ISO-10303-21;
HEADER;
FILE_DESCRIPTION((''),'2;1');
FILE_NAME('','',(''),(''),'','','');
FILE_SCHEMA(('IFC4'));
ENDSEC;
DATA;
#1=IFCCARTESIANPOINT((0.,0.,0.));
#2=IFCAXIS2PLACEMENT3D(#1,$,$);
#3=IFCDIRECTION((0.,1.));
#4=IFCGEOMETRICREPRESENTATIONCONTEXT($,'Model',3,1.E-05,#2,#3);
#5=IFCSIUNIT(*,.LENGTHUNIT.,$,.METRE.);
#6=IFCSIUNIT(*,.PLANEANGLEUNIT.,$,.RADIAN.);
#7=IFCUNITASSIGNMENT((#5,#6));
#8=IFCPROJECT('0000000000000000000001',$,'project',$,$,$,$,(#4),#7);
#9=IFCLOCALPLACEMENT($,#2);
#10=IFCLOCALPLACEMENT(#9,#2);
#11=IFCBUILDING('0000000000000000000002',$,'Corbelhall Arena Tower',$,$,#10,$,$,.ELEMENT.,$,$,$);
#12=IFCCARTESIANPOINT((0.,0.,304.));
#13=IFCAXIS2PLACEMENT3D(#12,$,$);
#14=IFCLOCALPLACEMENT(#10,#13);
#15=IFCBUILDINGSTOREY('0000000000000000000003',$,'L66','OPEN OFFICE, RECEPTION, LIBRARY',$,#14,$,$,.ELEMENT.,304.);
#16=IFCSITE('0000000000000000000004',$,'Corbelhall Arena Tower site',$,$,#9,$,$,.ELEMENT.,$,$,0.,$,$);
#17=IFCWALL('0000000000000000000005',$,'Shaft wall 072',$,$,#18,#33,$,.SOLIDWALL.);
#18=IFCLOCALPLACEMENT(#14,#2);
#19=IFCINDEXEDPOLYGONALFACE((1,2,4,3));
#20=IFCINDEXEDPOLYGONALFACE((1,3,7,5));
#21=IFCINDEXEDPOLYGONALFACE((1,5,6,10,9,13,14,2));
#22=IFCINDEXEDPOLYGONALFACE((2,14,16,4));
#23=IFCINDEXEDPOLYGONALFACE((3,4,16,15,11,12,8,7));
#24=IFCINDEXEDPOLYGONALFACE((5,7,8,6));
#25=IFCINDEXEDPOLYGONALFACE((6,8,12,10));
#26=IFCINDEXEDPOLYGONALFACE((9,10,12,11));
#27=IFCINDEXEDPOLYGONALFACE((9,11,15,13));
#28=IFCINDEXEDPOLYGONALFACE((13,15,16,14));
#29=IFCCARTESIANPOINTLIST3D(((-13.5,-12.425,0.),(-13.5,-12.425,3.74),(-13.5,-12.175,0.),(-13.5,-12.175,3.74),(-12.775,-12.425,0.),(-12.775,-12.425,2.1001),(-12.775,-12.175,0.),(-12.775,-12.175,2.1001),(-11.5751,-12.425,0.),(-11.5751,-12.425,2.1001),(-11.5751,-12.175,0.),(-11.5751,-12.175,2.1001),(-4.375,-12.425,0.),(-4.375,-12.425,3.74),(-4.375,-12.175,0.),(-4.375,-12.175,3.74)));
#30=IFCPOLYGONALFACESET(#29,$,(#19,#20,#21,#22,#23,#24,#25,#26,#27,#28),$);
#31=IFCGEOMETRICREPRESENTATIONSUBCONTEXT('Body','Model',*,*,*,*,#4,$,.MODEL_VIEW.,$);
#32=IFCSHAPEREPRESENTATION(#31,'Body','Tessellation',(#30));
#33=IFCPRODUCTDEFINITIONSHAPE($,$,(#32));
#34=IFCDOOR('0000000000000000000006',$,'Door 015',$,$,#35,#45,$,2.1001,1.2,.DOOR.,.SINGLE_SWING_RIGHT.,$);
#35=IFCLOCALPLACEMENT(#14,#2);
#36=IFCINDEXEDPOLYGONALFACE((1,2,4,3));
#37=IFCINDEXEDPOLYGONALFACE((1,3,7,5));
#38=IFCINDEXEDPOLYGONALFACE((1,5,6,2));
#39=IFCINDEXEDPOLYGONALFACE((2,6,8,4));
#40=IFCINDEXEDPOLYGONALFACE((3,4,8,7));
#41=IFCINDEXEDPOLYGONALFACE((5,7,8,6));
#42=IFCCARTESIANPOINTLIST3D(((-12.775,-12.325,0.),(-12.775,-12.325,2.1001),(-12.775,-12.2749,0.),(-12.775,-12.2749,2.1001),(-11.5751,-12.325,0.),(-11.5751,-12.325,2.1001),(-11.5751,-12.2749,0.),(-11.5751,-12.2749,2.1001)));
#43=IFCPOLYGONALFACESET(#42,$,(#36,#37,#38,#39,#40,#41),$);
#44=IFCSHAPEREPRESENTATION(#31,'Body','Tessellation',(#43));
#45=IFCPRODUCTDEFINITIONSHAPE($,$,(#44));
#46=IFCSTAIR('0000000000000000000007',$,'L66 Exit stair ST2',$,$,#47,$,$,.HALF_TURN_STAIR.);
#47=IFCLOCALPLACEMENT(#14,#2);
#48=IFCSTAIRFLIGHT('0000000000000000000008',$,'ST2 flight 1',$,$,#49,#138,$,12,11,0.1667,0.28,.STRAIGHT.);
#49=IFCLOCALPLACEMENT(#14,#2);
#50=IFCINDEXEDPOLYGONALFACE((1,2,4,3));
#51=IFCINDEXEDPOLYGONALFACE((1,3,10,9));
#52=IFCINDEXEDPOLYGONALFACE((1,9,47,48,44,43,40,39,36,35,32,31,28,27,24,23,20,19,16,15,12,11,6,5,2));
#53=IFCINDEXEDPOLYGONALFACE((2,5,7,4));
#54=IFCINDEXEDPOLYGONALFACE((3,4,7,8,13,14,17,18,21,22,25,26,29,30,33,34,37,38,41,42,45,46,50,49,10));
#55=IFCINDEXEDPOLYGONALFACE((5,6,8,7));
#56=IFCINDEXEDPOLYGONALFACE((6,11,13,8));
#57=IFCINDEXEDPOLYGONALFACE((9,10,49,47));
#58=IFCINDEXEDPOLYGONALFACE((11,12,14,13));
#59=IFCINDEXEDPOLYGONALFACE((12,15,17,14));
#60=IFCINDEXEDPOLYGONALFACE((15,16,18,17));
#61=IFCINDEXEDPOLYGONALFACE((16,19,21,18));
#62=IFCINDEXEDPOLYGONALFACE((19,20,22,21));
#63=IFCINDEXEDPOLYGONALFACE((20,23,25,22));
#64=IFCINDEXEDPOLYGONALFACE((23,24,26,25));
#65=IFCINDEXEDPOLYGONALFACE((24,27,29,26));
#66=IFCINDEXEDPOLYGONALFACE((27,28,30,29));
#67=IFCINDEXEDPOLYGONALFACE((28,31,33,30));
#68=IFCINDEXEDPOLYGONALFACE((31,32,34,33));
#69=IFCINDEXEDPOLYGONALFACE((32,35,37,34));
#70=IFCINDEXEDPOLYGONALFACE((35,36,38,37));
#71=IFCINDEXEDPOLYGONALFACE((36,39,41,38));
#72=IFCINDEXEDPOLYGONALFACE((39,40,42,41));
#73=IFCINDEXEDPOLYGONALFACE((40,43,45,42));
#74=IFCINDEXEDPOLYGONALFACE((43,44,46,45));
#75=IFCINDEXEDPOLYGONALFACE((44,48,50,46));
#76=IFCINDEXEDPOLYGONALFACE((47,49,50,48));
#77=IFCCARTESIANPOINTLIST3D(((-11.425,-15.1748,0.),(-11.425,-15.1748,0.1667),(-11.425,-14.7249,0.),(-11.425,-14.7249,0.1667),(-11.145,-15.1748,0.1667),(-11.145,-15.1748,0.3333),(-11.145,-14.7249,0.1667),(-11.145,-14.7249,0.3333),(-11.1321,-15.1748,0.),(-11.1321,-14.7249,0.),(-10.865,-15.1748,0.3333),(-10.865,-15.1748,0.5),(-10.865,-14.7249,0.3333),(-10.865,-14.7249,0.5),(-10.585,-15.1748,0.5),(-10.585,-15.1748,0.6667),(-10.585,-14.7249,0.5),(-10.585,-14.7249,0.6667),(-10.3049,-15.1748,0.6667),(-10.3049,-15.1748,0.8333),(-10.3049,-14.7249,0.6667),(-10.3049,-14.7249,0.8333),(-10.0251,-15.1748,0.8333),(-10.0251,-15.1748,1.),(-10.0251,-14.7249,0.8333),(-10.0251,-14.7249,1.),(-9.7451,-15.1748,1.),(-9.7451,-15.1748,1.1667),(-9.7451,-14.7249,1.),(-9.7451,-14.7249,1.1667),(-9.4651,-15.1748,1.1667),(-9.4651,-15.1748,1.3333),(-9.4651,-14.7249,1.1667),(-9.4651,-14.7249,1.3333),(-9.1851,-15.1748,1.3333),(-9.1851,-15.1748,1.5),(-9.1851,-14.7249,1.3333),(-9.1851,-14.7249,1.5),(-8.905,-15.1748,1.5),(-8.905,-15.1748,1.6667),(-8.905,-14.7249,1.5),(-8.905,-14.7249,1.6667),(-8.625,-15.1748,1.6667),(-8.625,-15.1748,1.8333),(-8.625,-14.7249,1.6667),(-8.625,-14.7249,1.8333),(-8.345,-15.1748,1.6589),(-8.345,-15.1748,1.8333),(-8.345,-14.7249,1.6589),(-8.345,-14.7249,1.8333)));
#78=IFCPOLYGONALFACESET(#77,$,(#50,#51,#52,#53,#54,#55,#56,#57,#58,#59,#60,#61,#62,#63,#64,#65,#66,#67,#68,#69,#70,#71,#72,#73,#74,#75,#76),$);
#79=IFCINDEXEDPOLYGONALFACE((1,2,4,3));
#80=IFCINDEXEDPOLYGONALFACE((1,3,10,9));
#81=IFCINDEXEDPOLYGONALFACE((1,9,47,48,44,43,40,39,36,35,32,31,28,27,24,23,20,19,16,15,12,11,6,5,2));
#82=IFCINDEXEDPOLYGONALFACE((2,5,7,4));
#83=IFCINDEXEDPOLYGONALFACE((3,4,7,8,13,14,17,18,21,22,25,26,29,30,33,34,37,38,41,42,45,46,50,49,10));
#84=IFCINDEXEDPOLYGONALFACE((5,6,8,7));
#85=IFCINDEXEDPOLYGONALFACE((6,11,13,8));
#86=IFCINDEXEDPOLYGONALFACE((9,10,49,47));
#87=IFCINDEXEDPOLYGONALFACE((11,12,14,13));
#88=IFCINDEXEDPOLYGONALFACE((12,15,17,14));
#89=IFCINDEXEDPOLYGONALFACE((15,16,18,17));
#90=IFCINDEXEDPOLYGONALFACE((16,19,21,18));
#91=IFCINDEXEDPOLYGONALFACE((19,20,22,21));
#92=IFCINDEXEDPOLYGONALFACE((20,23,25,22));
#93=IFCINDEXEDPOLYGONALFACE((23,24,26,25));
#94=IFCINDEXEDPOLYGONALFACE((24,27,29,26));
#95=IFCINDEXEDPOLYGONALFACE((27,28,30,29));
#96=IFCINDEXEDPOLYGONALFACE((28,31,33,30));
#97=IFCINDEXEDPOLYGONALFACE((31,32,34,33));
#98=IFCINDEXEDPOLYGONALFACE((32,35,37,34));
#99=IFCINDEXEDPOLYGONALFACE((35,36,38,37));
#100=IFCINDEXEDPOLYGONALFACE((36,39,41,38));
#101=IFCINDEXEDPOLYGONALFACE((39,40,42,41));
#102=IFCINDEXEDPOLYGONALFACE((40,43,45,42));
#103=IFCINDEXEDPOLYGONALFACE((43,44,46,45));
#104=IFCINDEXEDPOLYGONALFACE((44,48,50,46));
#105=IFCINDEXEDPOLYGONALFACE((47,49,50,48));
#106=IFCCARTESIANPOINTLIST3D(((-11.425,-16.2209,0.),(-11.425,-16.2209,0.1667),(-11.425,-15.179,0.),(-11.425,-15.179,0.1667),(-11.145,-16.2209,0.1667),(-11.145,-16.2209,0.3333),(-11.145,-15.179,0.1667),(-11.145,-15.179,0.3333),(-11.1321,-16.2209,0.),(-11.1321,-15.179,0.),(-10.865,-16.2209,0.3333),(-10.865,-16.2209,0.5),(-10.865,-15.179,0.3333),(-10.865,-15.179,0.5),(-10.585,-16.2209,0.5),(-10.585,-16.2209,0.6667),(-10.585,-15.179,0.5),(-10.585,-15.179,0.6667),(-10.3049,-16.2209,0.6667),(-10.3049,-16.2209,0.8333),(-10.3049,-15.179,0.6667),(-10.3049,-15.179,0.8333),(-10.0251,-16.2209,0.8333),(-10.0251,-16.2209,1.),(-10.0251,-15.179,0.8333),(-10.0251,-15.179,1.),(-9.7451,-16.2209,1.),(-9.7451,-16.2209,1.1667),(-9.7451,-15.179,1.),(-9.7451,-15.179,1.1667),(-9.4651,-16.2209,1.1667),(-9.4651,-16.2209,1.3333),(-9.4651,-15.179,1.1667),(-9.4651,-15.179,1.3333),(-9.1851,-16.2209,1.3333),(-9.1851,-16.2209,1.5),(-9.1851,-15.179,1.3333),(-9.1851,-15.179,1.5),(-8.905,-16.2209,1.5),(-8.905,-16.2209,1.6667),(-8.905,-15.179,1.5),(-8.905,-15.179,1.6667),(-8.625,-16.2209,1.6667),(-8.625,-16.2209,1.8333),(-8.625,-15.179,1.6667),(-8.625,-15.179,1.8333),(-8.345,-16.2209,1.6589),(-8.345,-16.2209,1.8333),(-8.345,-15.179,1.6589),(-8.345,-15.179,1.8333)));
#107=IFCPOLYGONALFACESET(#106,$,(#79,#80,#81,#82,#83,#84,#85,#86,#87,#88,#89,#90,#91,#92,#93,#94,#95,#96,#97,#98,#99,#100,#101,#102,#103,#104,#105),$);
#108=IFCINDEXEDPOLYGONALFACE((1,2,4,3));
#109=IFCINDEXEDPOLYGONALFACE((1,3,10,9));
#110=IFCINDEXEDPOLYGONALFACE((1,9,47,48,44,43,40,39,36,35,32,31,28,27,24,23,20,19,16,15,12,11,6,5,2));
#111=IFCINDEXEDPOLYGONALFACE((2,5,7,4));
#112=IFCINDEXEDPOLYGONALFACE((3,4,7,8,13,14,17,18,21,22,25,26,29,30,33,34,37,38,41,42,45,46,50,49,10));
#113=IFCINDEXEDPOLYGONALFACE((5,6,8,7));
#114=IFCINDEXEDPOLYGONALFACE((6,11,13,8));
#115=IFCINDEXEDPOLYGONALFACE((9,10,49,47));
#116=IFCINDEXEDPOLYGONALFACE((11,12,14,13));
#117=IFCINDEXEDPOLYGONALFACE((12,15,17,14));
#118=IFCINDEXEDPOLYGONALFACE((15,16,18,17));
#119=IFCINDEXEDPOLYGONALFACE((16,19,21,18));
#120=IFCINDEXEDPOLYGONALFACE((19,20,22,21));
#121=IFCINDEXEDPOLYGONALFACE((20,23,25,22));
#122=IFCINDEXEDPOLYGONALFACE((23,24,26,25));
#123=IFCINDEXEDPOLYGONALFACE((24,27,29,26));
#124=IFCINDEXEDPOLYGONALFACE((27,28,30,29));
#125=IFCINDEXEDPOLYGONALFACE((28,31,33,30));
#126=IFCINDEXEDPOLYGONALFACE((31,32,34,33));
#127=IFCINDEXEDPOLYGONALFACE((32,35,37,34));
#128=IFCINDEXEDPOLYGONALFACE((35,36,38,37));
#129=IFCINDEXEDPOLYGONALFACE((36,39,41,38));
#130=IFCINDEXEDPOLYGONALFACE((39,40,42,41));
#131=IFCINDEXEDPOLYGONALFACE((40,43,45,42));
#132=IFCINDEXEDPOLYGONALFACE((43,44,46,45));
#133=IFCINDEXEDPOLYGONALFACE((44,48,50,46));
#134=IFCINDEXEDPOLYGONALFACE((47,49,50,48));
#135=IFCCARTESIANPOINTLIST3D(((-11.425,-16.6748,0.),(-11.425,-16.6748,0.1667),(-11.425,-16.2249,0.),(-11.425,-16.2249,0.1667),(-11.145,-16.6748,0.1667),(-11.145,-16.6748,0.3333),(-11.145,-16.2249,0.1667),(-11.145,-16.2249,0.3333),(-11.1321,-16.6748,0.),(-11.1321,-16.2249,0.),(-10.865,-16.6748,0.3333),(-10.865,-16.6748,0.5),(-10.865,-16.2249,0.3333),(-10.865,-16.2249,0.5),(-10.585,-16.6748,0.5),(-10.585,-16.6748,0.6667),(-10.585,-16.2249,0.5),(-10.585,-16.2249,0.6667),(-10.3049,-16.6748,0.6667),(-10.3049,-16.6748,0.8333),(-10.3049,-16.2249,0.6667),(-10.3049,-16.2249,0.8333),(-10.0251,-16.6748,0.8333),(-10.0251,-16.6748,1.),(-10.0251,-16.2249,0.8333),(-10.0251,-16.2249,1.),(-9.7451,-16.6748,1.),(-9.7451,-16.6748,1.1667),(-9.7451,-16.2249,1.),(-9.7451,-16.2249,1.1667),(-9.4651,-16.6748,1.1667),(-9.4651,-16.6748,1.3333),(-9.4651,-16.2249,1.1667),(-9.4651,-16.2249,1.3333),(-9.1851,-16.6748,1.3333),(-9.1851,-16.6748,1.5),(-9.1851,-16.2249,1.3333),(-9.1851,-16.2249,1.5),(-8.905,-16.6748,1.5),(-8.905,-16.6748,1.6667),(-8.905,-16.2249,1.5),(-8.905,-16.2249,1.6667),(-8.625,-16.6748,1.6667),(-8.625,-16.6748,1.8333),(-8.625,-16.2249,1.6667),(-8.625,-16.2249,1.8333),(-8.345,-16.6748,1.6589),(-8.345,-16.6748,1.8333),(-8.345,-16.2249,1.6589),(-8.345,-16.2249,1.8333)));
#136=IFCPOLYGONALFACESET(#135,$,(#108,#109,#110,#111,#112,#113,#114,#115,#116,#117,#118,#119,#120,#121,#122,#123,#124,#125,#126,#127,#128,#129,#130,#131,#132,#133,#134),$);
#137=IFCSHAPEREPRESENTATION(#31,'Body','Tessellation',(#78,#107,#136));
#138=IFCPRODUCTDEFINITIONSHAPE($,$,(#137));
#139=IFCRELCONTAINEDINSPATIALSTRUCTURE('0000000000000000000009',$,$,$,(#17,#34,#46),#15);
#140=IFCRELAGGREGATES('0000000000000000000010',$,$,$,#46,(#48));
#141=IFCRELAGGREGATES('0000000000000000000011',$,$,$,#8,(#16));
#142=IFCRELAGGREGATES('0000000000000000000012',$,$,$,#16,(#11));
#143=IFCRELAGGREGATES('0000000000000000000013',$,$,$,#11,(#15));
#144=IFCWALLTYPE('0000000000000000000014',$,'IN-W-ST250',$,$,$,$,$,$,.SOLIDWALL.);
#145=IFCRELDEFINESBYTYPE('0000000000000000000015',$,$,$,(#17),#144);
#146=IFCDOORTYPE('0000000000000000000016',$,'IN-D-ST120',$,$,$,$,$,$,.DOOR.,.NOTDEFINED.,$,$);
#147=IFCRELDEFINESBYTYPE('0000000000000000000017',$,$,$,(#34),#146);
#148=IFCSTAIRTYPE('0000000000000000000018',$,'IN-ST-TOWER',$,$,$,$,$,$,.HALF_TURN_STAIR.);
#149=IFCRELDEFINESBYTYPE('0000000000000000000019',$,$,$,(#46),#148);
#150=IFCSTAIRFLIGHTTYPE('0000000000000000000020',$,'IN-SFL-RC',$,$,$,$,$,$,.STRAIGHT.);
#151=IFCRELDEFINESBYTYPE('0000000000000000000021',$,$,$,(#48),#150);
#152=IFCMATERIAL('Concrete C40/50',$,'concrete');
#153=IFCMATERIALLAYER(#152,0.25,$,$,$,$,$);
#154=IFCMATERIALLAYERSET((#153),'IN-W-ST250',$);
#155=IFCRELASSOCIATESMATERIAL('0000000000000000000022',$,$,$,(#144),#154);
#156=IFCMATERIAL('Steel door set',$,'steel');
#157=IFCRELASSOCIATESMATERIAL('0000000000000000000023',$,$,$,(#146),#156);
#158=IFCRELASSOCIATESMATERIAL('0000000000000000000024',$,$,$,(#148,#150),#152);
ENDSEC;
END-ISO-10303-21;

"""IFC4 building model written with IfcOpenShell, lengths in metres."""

from ifc_helpers import new_model, si_unit, direction, frame, frame_2d, origin, place, context, subcontext, project, spatial, polyline, rectangle, outline, extrude, material, layer, layer_set, type_object, element, fill, aggregate, save


model = new_model("IFC4")

# Units and contexts
model_context = context("Model", 3, precision=1e-05, world=origin(), true_north=direction((0.0, 1.0)))
body_context = subcontext(model_context, "Body", "Model", "MODEL_VIEW")
ifc_project = project(units=[si_unit("LENGTHUNIT", "METRE"), si_unit("PLANEANGLEUNIT", "RADIAN")], contexts=[model_context])

# Site, building, storey
site_placement = place(None, origin())
site = spatial("IfcSite", under=ifc_project, at=site_placement, Name="Corbelhall Arena Tower site", CompositionType="ELEMENT", RefElevation=0.0)
building_placement = place(site_placement, origin())
building = spatial("IfcBuilding", under=site, at=building_placement, Name="Corbelhall Arena Tower", CompositionType="ELEMENT")
storey_placement = place(building_placement, frame((0.0, 0.0, 304.0)))
storey = spatial("IfcBuildingStorey", under=building, at=storey_placement, Name="L66", Description="OPEN OFFICE, RECEPTION, LIBRARY", CompositionType="ELEMENT", Elevation=304.0)

# Shared definitions
ifc_material_1 = material(Name="Steel door set", Category="steel")

# Shared definitions
ifc_material_2 = material(Name="Concrete C40/50", Category="concrete")
ifc_layer_1 = layer(ifc_material_2, 0.25)
ifc_layer_set_1 = layer_set([ifc_layer_1], Name="IN-W-ST250")
wall_type_1 = type_object("IfcWallType", Name="IN-W-ST250", PredefinedType="SOLIDWALL", material=ifc_layer_set_1)

# Wall, opening, door
wall_1_placement = place(storey_placement, frame((-4.375, -12.3, 0.0), z_axis=(0.0, 0.0, 1.0), x_axis=(-1.0, 0.0, 0.0)))
wall_1 = element("IfcWall", 1, at=wall_1_placement, inside=storey, type_object=wall_type_1, Name="Shaft wall 072", PredefinedType="SOLIDWALL", context=body_context, shape_type="SweptSolid", body=[
    extrude(rectangle(XDim=9.125, YDim=0.25, at=frame_2d((4.5625, 0.0))), origin(), (0.0, 0.0, 1.0), 3.74),
])
opening_1_placement = place(wall_1_placement, frame((7.2, 0.0, 0.0)))
opening_1 = element("IfcOpeningElement", 2, at=opening_1_placement, cuts=wall_1, PredefinedType="OPENING", context=body_context, shape_type="SweptSolid", body=[
    extrude(rectangle(XDim=1.2, YDim=2.1001, at=frame_2d((0.6001, 1.05))), frame((0.0, 0.125, 0.0), z_axis=(0.0, -1.0, 0.0), x_axis=(1.0, 0.0, 0.0)), (0.0, 0.0, 1.0), 0.25),
])
door_type_1 = type_object("IfcDoorType", Name="IN-D-ST120", OperationType="NOTDEFINED", PredefinedType="DOOR", material=ifc_material_1)
door_1_placement = place(opening_1_placement, origin())
door_1 = element("IfcDoor", 3, at=door_1_placement, inside=storey, type_object=door_type_1, Name="Door 015", OperationType="SINGLE_SWING_RIGHT", OverallHeight=2.1001, OverallWidth=1.2, PredefinedType="DOOR", context=body_context, shape_type="SweptSolid", body=[
    extrude(rectangle(XDim=1.2, YDim=2.1001, at=frame_2d((0.6001, 1.05))), frame((0.0, 0.0249, 0.0), z_axis=(0.0, -1.0, 0.0), x_axis=(1.0, 0.0, 0.0)), (0.0, 0.0, 1.0), 0.05),
])
fill(opening_1, door_1)

# Stair, stair flight
stair_type = type_object("IfcStairType", Name="IN-ST-TOWER", PredefinedType="HALF_TURN_STAIR", material=ifc_material_2)
stair_placement = place(storey_placement, origin())
stair = element("IfcStair", 4, at=stair_placement, inside=storey, type_object=stair_type, Name="L66 Exit stair ST2", PredefinedType="HALF_TURN_STAIR")
stair_flight_type = type_object("IfcStairFlightType", Name="IN-SFL-RC", PredefinedType="STRAIGHT", material=ifc_material_2)
stair_flight_1_placement = place(storey_placement, frame((-11.425, -15.7, 0.0), z_axis=(0.0, 0.0, 1.0), x_axis=(1.0, 0.0, 0.0)))
stair_flight_1 = element("IfcStairFlight", 5, at=stair_flight_1_placement, type_object=stair_flight_type, Name="ST2 flight 1", NumberOfRisers=12, NumberOfTreads=11, PredefinedType="STRAIGHT", RiserHeight=0.1667, TreadLength=0.28, context=body_context, shape_type="SweptSolid", body=[
    extrude(outline(polyline([(0.0, 0.0), (0.0, 0.1667), (0.28, 0.1667), (0.28, 0.3333), (0.5601, 0.3333), (0.5601, 0.5), (0.8401, 0.5), (0.8401, 0.6667), (1.1201, 0.6667), (1.1201, 0.8333), (1.3999, 0.8333), (1.3999, 1.0), (1.6799, 1.0), (1.6799, 1.1667), (1.96, 1.1667), (1.96, 1.3333), (2.24, 1.3333), (2.24, 1.5), (2.52, 1.5), (2.52, 1.6667), (2.8, 1.6667), (2.8, 1.8333), (3.0801, 1.8333), (3.0801, 2.0), (3.0801, 1.6589), (0.293, 0.0), (0.0, 0.0)])), frame((0.0, 0.9751, 0.0), z_axis=(0.0, -1.0, 0.0), x_axis=(1.0, 0.0, 0.0)), (0.0, 0.0, 1.0), 0.45),
    extrude(outline(polyline([(0.0, 0.0), (0.0, 0.1667), (0.28, 0.1667), (0.28, 0.3333), (0.5601, 0.3333), (0.5601, 0.5), (0.8401, 0.5), (0.8401, 0.6667), (1.1201, 0.6667), (1.1201, 0.8333), (1.3999, 0.8333), (1.3999, 1.0), (1.6799, 1.0), (1.6799, 1.1667), (1.96, 1.1667), (1.96, 1.3333), (2.24, 1.3333), (2.24, 1.5), (2.52, 1.5), (2.52, 1.6667), (2.8, 1.6667), (2.8, 1.8333), (3.0801, 1.8333), (3.0801, 2.0), (3.0801, 1.6589), (0.293, 0.0), (0.0, 0.0)])), frame((0.0, 0.521, 0.0), z_axis=(0.0, -1.0, 0.0), x_axis=(1.0, 0.0, 0.0)), (0.0, 0.0, 1.0), 1.042),
    extrude(outline(polyline([(0.0, 0.0), (0.0, 0.1667), (0.28, 0.1667), (0.28, 0.3333), (0.5601, 0.3333), (0.5601, 0.5), (0.8401, 0.5), (0.8401, 0.6667), (1.1201, 0.6667), (1.1201, 0.8333), (1.3999, 0.8333), (1.3999, 1.0), (1.6799, 1.0), (1.6799, 1.1667), (1.96, 1.1667), (1.96, 1.3333), (2.24, 1.3333), (2.24, 1.5), (2.52, 1.5), (2.52, 1.6667), (2.8, 1.6667), (2.8, 1.8333), (3.0801, 1.8333), (3.0801, 2.0), (3.0801, 1.6589), (0.293, 0.0), (0.0, 0.0)])), frame((0.0, -0.5249, 0.0), z_axis=(0.0, -1.0, 0.0), x_axis=(1.0, 0.0, 0.0)), (0.0, 0.0, 1.0), 0.45),
])
aggregate(stair, [stair_flight_1])

save(model, "model.ifc")
